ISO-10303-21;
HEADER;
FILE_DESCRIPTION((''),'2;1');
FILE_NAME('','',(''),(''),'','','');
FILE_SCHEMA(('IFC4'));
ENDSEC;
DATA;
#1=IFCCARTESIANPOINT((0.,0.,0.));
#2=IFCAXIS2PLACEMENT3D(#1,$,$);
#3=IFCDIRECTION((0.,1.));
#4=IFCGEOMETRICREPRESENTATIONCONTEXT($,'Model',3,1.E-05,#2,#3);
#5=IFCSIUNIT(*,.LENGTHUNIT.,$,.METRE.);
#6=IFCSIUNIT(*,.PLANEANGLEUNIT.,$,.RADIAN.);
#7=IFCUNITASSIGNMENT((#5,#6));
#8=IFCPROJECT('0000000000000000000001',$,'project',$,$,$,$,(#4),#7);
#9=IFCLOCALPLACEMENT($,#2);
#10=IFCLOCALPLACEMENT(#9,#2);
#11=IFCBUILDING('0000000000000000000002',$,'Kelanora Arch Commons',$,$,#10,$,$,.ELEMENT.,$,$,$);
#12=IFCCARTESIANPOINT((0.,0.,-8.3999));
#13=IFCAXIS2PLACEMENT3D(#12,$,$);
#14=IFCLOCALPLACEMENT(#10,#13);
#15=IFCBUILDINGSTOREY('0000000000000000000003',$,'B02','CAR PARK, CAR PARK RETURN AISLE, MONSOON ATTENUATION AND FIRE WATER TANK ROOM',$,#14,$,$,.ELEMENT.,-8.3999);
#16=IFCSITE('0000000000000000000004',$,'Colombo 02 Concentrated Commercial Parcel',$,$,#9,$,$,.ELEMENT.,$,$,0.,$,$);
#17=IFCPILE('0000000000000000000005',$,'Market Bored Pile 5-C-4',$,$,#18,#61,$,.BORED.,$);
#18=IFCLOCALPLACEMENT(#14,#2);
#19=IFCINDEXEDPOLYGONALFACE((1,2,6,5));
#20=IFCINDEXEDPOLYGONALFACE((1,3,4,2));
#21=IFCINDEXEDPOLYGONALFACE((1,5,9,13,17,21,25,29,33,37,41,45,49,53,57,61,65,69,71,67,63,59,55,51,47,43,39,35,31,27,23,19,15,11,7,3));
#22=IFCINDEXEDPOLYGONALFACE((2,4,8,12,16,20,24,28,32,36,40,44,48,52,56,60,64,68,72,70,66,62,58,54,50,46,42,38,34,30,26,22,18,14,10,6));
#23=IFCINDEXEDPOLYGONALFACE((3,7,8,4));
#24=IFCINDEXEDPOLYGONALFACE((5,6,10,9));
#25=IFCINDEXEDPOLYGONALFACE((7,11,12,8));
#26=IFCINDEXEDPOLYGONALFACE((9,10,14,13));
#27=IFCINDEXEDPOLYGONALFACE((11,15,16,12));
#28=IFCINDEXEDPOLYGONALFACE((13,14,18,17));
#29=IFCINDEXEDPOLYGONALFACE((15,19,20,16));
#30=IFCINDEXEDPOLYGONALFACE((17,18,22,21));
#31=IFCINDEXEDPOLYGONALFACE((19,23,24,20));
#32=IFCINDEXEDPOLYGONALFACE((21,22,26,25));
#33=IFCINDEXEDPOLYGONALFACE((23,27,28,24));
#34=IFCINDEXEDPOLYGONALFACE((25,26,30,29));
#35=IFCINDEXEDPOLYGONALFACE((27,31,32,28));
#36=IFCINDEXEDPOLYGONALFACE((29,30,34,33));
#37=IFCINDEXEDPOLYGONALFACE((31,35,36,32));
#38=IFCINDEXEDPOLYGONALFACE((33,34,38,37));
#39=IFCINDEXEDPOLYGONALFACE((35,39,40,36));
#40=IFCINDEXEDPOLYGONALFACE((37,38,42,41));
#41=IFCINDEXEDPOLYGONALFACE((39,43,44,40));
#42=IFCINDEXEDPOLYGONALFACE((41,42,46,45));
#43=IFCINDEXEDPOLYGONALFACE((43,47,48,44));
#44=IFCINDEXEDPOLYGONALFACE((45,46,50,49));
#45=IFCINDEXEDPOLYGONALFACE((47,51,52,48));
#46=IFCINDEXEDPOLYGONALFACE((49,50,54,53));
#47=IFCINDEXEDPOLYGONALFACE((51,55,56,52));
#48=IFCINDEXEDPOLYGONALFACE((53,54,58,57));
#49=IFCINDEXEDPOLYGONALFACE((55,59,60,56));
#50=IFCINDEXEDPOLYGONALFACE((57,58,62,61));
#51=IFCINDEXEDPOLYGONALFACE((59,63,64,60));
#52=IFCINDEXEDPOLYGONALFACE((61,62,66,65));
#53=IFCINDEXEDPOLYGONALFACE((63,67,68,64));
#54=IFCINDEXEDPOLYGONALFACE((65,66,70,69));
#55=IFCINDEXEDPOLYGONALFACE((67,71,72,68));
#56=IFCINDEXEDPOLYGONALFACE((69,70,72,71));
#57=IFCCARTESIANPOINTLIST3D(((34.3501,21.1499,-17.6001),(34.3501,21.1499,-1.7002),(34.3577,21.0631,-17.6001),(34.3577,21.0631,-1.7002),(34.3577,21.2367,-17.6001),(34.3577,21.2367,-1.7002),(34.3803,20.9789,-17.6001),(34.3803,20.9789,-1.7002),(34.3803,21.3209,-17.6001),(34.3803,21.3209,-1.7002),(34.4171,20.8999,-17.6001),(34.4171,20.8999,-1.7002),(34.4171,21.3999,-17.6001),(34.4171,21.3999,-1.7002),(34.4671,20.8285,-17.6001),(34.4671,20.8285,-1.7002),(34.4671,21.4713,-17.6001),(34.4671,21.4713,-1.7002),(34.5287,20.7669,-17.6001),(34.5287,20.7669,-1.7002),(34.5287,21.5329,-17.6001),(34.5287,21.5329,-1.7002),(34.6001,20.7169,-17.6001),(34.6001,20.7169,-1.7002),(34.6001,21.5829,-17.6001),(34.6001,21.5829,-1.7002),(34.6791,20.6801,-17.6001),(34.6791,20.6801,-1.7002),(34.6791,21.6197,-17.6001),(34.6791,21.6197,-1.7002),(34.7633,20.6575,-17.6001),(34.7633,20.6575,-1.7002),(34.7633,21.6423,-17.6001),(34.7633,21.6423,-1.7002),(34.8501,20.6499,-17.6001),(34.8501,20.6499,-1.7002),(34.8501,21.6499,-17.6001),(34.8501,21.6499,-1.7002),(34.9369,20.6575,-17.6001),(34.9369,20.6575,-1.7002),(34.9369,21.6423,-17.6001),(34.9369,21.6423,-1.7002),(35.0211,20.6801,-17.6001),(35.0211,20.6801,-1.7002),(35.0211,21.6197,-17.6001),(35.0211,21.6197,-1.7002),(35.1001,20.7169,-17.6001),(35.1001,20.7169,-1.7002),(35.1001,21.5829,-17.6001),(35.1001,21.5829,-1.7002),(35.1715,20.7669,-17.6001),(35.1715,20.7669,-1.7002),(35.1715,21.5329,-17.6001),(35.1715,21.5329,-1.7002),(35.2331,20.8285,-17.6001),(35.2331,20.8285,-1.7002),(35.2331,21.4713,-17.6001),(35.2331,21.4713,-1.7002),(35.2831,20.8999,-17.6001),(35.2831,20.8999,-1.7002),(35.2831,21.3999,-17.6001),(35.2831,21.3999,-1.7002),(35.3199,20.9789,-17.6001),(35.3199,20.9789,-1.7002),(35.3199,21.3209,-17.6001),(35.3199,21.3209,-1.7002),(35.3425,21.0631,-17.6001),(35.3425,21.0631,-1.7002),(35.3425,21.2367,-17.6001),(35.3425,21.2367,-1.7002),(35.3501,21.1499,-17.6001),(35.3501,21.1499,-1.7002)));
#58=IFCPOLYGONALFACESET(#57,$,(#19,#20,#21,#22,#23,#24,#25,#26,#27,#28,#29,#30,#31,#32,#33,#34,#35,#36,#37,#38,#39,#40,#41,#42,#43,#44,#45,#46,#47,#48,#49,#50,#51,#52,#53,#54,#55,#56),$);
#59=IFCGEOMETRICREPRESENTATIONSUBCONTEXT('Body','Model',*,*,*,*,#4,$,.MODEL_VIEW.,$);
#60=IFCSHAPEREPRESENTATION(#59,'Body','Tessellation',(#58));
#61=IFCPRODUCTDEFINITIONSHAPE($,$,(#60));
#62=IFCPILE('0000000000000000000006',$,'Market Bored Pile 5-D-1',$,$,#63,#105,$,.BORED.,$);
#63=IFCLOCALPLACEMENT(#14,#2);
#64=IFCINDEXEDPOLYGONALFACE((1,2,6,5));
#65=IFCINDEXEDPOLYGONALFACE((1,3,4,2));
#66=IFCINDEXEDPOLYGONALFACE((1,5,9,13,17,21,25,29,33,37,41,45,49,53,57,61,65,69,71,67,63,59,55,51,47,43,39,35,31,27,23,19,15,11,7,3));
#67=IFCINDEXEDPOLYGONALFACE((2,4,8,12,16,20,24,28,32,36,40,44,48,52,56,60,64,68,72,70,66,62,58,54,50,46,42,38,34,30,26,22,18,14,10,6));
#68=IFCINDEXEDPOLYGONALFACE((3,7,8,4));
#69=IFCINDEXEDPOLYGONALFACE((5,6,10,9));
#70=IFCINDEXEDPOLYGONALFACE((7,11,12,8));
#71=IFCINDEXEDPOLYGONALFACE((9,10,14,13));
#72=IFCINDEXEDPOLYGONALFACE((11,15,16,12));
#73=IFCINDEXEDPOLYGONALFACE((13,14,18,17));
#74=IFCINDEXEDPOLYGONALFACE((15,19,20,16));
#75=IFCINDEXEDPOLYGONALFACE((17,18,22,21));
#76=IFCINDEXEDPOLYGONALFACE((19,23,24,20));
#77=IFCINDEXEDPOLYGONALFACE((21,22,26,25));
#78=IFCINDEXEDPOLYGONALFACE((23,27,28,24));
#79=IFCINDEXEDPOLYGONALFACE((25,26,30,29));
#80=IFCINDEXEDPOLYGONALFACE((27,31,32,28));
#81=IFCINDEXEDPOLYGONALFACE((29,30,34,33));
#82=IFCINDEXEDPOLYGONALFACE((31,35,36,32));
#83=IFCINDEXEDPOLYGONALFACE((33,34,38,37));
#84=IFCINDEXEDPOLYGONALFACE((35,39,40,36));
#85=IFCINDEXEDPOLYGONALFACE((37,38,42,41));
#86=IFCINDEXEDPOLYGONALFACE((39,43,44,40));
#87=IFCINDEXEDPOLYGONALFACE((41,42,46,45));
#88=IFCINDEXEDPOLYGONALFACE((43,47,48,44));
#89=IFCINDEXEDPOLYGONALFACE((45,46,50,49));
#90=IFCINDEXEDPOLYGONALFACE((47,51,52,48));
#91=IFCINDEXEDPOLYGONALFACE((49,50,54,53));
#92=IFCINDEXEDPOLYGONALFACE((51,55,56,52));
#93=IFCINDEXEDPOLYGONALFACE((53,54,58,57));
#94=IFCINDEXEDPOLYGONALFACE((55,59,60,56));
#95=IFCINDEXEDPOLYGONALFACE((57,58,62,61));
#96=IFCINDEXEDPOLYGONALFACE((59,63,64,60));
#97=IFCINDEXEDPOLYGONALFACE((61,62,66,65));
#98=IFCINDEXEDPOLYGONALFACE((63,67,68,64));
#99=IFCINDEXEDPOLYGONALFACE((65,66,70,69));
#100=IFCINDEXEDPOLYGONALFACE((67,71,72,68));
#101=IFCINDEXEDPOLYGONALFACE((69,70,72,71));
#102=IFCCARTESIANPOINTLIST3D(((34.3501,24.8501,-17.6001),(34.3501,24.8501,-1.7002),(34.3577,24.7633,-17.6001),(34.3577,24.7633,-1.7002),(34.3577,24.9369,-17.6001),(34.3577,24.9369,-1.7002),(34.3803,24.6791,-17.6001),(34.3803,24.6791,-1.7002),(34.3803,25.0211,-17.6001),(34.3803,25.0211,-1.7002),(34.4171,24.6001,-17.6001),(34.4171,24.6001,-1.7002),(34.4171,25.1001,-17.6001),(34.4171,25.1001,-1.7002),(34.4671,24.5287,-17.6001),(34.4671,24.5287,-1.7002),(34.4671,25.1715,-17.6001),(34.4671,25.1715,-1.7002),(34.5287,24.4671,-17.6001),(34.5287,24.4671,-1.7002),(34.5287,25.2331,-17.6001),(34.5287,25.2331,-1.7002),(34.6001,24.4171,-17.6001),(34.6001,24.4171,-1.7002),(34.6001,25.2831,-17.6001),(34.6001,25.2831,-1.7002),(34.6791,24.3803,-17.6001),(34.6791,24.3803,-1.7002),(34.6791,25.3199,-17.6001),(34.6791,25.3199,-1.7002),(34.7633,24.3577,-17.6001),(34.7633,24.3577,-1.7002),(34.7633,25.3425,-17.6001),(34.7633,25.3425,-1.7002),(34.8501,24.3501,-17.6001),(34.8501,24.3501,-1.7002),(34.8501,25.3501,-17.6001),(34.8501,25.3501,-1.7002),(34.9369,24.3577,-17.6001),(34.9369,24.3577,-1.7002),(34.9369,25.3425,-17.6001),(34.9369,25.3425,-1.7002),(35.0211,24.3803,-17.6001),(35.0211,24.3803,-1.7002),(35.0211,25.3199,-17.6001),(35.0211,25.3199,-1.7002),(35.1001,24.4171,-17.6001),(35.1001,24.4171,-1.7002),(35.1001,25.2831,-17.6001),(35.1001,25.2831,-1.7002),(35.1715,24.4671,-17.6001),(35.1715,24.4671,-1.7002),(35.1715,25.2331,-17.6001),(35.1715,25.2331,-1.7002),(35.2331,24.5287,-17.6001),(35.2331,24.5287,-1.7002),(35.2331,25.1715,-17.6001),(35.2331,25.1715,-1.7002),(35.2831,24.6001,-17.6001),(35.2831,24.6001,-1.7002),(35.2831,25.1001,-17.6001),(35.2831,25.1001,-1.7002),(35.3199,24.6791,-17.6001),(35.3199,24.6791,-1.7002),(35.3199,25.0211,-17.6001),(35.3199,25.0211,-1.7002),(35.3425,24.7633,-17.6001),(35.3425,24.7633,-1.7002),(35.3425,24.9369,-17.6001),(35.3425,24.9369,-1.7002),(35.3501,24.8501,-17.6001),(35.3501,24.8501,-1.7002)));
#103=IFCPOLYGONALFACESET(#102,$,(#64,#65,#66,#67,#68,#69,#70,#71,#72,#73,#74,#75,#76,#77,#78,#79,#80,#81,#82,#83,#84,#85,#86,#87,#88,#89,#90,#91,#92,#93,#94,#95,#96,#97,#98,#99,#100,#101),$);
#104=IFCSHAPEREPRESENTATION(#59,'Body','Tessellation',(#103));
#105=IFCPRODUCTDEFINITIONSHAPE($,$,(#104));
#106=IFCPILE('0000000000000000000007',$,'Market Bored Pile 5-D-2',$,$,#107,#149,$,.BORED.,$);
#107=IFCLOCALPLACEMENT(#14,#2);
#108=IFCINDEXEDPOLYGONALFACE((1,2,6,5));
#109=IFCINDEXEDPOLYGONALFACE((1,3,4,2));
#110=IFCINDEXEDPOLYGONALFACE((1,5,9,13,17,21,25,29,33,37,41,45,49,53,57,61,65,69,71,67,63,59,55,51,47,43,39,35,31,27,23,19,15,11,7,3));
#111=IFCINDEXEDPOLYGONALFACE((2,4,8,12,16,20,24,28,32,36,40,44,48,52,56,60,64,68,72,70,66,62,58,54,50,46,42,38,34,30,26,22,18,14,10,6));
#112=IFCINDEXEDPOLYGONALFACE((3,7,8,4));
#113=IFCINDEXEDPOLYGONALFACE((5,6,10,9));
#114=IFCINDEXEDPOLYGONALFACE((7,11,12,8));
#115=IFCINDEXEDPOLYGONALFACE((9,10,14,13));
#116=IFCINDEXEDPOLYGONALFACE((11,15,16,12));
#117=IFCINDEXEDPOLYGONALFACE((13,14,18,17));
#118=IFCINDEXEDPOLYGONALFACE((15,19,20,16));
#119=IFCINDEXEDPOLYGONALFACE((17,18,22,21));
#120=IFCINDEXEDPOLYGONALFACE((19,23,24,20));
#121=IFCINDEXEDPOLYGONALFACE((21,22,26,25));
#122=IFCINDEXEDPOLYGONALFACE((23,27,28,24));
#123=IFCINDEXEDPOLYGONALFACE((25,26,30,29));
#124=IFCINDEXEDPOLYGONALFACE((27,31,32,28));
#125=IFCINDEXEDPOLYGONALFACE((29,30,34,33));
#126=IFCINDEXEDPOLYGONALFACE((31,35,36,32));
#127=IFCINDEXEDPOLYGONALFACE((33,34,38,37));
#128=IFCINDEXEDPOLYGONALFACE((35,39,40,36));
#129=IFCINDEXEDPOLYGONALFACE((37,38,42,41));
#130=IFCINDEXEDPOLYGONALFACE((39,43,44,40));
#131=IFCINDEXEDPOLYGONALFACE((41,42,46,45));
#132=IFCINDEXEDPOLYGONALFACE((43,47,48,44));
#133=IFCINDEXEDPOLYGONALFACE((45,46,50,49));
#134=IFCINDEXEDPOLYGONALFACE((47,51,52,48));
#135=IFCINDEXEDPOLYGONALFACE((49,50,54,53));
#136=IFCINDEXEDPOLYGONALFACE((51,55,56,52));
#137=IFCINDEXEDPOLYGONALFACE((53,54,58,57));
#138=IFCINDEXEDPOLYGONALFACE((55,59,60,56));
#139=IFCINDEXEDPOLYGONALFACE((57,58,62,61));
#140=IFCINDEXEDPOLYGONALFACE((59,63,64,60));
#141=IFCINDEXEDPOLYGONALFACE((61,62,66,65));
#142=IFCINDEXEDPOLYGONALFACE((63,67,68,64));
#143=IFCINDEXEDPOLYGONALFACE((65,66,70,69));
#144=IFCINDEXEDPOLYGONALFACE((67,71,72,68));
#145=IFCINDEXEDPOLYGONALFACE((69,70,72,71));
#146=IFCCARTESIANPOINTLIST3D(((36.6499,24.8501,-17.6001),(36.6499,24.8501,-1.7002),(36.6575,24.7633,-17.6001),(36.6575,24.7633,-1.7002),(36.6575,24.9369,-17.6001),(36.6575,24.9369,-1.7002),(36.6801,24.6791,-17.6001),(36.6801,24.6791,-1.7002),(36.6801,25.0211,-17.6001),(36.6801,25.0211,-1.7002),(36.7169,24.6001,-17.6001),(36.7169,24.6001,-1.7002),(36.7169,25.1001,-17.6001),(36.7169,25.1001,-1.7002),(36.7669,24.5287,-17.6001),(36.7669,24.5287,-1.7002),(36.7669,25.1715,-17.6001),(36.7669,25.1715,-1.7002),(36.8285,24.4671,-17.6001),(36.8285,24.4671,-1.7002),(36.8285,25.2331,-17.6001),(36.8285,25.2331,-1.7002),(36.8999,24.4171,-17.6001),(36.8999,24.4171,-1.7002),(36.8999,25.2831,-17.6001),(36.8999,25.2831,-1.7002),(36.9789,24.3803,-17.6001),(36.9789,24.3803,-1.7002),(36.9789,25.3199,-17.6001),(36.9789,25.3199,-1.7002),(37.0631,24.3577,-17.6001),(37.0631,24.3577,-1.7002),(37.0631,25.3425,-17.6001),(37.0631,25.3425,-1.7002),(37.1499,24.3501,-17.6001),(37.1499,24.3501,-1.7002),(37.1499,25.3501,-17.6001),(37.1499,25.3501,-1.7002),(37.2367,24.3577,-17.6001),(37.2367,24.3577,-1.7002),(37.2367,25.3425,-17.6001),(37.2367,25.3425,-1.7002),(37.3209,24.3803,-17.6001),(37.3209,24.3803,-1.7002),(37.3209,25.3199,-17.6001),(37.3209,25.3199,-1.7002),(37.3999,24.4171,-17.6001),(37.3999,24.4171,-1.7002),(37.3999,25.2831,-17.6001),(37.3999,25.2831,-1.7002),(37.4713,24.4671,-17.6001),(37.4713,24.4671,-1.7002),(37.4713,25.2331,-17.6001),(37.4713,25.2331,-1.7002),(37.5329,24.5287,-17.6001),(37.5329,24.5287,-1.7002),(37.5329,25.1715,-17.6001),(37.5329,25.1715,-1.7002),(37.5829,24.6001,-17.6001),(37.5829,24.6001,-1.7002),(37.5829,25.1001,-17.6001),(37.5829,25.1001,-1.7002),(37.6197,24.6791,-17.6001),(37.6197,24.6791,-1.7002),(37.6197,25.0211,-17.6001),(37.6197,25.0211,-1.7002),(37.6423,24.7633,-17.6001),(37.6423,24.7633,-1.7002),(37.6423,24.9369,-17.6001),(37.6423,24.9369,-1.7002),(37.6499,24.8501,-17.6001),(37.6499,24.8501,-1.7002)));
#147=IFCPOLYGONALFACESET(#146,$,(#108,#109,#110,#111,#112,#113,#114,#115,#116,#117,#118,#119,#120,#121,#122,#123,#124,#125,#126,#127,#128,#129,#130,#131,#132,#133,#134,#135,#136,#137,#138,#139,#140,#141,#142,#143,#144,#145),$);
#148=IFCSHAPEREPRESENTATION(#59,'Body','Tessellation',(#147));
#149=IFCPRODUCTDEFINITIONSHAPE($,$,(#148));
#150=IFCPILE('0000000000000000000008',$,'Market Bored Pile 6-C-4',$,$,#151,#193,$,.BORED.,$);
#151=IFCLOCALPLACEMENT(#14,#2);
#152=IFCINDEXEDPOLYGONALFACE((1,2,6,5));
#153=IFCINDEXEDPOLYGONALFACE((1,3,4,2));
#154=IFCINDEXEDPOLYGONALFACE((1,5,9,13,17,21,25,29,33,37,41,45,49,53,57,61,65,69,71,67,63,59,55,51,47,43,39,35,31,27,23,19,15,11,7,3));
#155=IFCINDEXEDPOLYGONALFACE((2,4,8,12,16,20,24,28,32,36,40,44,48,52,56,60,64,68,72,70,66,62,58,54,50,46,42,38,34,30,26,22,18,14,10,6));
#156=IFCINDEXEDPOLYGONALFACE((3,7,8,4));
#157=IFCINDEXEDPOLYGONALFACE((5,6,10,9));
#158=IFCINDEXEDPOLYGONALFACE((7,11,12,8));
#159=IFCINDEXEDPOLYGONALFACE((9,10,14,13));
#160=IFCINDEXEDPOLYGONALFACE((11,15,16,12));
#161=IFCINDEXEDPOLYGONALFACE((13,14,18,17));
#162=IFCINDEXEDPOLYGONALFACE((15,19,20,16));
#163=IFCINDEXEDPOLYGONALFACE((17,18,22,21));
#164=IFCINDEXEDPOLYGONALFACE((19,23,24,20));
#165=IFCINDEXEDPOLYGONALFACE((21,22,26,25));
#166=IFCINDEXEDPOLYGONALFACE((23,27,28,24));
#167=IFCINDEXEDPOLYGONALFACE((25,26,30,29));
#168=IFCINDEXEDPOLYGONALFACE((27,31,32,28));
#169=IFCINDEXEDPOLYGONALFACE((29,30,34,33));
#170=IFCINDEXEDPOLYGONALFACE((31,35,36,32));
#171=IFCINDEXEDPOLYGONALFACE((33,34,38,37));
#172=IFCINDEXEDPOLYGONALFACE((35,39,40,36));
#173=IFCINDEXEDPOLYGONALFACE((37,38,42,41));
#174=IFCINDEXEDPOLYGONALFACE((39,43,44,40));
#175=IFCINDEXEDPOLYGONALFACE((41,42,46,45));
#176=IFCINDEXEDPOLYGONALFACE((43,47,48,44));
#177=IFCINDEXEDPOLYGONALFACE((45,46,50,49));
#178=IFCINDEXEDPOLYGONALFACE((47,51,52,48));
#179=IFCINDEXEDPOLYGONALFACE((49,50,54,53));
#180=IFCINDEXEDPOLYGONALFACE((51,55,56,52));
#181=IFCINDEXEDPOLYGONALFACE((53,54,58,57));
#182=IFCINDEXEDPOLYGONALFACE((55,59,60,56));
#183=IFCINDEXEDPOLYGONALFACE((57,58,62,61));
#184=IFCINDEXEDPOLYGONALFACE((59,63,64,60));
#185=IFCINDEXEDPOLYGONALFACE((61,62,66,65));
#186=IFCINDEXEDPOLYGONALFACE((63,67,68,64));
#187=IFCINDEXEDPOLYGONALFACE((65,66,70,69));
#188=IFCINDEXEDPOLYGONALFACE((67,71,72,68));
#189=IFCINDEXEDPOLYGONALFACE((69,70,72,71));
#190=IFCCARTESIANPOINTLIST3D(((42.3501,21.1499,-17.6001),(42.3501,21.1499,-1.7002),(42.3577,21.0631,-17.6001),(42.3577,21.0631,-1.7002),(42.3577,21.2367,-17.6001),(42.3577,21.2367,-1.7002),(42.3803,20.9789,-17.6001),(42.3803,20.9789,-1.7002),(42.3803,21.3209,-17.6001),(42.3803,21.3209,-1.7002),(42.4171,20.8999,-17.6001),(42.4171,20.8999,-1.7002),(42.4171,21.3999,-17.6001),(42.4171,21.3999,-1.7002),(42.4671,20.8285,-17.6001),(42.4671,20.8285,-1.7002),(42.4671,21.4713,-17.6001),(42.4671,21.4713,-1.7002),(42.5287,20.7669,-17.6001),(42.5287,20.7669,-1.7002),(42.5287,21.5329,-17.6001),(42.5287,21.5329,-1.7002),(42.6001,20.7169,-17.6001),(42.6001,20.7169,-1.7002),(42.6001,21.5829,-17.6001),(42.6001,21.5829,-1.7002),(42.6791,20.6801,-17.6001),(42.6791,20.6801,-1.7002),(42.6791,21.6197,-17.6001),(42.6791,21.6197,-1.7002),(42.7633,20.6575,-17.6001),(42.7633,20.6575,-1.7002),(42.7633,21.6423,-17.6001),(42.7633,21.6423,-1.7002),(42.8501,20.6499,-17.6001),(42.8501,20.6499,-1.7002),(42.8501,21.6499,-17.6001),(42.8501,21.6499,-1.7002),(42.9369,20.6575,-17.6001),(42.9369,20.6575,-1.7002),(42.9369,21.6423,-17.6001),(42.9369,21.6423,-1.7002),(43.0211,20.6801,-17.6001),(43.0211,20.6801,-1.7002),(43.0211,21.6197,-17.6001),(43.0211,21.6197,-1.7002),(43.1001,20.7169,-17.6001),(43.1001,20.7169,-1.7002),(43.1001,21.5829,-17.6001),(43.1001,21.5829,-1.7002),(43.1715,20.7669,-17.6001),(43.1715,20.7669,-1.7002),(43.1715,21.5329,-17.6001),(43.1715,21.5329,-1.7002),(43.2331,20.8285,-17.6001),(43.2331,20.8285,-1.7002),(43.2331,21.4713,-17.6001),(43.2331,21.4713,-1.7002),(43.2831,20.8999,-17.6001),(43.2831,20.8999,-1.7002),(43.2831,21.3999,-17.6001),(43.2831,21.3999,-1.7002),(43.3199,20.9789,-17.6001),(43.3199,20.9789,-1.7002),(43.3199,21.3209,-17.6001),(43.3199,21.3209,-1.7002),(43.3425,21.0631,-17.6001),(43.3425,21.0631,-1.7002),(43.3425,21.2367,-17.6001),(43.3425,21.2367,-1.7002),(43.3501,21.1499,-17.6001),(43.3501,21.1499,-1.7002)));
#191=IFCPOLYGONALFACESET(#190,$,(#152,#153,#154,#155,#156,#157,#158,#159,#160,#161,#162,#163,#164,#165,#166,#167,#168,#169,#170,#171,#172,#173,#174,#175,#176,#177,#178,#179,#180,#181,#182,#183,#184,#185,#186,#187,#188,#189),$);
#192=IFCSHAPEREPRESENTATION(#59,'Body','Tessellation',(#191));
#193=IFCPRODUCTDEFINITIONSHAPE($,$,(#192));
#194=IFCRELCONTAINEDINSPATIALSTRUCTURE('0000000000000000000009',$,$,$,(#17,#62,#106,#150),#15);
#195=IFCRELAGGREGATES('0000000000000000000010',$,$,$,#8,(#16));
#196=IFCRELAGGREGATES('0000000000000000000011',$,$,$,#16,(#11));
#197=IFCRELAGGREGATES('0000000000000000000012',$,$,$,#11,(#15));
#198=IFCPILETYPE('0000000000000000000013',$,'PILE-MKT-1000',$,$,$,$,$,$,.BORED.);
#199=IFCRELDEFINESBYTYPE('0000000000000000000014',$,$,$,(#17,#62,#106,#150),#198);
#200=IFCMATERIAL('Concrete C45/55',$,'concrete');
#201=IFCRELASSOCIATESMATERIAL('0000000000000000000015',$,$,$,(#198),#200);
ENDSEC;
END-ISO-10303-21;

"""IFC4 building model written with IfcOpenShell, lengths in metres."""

from ifc_helpers import new_model, si_unit, direction, frame, origin, origin_2d, place, context, subcontext, project, spatial, circle, extrude, source, transform, mapped, material, material_profile, profile_set, type_object, element, save


model = new_model("IFC4")

# Units and contexts
model_context = context("Model", 3, precision=1e-05, world=origin(), true_north=direction((0.0, 1.0)))
body_context = subcontext(model_context, "Body", "Model", "MODEL_VIEW")
ifc_project = project(units=[si_unit("LENGTHUNIT", "METRE"), si_unit("PLANEANGLEUNIT", "RADIAN")], contexts=[model_context])

# Site, building, storey
site_placement = place(None, origin())
site = spatial("IfcSite", under=ifc_project, at=site_placement, Name="Colombo 02 Concentrated Commercial Parcel", CompositionType="ELEMENT", RefElevation=0.0)
building_placement = place(site_placement, origin())
building = spatial("IfcBuilding", under=site, at=building_placement, Name="Kelanora Arch Commons", CompositionType="ELEMENT")
storey_placement = place(building_placement, frame((0.0, 0.0, -8.3999)))
storey = spatial("IfcBuildingStorey", under=building, at=storey_placement, Name="B02", Description="CAR PARK, CAR PARK RETURN AISLE, MONSOON ATTENUATION AND FIRE WATER TANK ROOM", CompositionType="ELEMENT", Elevation=-8.3999)

# Piles
ifc_material_1 = material(Name="Concrete C45/55", Category="concrete")
ifc_material_profile_1 = material_profile(ifc_material_1, circle(Radius=0.5, at=origin_2d()), Name="PILE1000")
ifc_profile_set_1 = profile_set([ifc_material_profile_1], Name="Concrete C45/55")
pile_type = type_object("IfcPileType", Name="PILE-MKT-1000", PredefinedType="BORED", material=ifc_profile_set_1)
shared_shape_1 = source(origin(), body_context, "Body", "SweptSolid", [
    extrude(circle(Radius=0.5, at=origin_2d()), origin(), (0.0, 0.0, 1.0), 15.8999),
])
for number, where, z_axis, x_axis, name in (
    (1, (34.8501, 21.1499, -1.7002), (0.0, 0.0, -1.0), (1.0, 0.0, 0.0), "Market Bored Pile 5-C-4"),
    (2, (34.8501, 24.8501, -1.7002), (0.0, 0.0, -1.0), (1.0, 0.0, 0.0), "Market Bored Pile 5-D-1"),
    (3, (37.1499, 24.8501, -1.7002), (0.0, 0.0, -1.0), (1.0, 0.0, 0.0), "Market Bored Pile 5-D-2"),
    (4, (42.8501, 21.1499, -1.7002), (0.0, 0.0, -1.0), (1.0, 0.0, 0.0), "Market Bored Pile 6-C-4"),
):
    element("IfcPile", number, at=place(storey_placement, frame(where, z_axis=z_axis, x_axis=x_axis)), inside=storey, type_object=pile_type, Name=name, PredefinedType="BORED", context=body_context, shape_type="MappedRepresentation", body=[
        mapped(shared_shape_1, transform((0.0, 0.0, 0.0), scale=1.0)),
    ])

save(model, "model.ifc")
